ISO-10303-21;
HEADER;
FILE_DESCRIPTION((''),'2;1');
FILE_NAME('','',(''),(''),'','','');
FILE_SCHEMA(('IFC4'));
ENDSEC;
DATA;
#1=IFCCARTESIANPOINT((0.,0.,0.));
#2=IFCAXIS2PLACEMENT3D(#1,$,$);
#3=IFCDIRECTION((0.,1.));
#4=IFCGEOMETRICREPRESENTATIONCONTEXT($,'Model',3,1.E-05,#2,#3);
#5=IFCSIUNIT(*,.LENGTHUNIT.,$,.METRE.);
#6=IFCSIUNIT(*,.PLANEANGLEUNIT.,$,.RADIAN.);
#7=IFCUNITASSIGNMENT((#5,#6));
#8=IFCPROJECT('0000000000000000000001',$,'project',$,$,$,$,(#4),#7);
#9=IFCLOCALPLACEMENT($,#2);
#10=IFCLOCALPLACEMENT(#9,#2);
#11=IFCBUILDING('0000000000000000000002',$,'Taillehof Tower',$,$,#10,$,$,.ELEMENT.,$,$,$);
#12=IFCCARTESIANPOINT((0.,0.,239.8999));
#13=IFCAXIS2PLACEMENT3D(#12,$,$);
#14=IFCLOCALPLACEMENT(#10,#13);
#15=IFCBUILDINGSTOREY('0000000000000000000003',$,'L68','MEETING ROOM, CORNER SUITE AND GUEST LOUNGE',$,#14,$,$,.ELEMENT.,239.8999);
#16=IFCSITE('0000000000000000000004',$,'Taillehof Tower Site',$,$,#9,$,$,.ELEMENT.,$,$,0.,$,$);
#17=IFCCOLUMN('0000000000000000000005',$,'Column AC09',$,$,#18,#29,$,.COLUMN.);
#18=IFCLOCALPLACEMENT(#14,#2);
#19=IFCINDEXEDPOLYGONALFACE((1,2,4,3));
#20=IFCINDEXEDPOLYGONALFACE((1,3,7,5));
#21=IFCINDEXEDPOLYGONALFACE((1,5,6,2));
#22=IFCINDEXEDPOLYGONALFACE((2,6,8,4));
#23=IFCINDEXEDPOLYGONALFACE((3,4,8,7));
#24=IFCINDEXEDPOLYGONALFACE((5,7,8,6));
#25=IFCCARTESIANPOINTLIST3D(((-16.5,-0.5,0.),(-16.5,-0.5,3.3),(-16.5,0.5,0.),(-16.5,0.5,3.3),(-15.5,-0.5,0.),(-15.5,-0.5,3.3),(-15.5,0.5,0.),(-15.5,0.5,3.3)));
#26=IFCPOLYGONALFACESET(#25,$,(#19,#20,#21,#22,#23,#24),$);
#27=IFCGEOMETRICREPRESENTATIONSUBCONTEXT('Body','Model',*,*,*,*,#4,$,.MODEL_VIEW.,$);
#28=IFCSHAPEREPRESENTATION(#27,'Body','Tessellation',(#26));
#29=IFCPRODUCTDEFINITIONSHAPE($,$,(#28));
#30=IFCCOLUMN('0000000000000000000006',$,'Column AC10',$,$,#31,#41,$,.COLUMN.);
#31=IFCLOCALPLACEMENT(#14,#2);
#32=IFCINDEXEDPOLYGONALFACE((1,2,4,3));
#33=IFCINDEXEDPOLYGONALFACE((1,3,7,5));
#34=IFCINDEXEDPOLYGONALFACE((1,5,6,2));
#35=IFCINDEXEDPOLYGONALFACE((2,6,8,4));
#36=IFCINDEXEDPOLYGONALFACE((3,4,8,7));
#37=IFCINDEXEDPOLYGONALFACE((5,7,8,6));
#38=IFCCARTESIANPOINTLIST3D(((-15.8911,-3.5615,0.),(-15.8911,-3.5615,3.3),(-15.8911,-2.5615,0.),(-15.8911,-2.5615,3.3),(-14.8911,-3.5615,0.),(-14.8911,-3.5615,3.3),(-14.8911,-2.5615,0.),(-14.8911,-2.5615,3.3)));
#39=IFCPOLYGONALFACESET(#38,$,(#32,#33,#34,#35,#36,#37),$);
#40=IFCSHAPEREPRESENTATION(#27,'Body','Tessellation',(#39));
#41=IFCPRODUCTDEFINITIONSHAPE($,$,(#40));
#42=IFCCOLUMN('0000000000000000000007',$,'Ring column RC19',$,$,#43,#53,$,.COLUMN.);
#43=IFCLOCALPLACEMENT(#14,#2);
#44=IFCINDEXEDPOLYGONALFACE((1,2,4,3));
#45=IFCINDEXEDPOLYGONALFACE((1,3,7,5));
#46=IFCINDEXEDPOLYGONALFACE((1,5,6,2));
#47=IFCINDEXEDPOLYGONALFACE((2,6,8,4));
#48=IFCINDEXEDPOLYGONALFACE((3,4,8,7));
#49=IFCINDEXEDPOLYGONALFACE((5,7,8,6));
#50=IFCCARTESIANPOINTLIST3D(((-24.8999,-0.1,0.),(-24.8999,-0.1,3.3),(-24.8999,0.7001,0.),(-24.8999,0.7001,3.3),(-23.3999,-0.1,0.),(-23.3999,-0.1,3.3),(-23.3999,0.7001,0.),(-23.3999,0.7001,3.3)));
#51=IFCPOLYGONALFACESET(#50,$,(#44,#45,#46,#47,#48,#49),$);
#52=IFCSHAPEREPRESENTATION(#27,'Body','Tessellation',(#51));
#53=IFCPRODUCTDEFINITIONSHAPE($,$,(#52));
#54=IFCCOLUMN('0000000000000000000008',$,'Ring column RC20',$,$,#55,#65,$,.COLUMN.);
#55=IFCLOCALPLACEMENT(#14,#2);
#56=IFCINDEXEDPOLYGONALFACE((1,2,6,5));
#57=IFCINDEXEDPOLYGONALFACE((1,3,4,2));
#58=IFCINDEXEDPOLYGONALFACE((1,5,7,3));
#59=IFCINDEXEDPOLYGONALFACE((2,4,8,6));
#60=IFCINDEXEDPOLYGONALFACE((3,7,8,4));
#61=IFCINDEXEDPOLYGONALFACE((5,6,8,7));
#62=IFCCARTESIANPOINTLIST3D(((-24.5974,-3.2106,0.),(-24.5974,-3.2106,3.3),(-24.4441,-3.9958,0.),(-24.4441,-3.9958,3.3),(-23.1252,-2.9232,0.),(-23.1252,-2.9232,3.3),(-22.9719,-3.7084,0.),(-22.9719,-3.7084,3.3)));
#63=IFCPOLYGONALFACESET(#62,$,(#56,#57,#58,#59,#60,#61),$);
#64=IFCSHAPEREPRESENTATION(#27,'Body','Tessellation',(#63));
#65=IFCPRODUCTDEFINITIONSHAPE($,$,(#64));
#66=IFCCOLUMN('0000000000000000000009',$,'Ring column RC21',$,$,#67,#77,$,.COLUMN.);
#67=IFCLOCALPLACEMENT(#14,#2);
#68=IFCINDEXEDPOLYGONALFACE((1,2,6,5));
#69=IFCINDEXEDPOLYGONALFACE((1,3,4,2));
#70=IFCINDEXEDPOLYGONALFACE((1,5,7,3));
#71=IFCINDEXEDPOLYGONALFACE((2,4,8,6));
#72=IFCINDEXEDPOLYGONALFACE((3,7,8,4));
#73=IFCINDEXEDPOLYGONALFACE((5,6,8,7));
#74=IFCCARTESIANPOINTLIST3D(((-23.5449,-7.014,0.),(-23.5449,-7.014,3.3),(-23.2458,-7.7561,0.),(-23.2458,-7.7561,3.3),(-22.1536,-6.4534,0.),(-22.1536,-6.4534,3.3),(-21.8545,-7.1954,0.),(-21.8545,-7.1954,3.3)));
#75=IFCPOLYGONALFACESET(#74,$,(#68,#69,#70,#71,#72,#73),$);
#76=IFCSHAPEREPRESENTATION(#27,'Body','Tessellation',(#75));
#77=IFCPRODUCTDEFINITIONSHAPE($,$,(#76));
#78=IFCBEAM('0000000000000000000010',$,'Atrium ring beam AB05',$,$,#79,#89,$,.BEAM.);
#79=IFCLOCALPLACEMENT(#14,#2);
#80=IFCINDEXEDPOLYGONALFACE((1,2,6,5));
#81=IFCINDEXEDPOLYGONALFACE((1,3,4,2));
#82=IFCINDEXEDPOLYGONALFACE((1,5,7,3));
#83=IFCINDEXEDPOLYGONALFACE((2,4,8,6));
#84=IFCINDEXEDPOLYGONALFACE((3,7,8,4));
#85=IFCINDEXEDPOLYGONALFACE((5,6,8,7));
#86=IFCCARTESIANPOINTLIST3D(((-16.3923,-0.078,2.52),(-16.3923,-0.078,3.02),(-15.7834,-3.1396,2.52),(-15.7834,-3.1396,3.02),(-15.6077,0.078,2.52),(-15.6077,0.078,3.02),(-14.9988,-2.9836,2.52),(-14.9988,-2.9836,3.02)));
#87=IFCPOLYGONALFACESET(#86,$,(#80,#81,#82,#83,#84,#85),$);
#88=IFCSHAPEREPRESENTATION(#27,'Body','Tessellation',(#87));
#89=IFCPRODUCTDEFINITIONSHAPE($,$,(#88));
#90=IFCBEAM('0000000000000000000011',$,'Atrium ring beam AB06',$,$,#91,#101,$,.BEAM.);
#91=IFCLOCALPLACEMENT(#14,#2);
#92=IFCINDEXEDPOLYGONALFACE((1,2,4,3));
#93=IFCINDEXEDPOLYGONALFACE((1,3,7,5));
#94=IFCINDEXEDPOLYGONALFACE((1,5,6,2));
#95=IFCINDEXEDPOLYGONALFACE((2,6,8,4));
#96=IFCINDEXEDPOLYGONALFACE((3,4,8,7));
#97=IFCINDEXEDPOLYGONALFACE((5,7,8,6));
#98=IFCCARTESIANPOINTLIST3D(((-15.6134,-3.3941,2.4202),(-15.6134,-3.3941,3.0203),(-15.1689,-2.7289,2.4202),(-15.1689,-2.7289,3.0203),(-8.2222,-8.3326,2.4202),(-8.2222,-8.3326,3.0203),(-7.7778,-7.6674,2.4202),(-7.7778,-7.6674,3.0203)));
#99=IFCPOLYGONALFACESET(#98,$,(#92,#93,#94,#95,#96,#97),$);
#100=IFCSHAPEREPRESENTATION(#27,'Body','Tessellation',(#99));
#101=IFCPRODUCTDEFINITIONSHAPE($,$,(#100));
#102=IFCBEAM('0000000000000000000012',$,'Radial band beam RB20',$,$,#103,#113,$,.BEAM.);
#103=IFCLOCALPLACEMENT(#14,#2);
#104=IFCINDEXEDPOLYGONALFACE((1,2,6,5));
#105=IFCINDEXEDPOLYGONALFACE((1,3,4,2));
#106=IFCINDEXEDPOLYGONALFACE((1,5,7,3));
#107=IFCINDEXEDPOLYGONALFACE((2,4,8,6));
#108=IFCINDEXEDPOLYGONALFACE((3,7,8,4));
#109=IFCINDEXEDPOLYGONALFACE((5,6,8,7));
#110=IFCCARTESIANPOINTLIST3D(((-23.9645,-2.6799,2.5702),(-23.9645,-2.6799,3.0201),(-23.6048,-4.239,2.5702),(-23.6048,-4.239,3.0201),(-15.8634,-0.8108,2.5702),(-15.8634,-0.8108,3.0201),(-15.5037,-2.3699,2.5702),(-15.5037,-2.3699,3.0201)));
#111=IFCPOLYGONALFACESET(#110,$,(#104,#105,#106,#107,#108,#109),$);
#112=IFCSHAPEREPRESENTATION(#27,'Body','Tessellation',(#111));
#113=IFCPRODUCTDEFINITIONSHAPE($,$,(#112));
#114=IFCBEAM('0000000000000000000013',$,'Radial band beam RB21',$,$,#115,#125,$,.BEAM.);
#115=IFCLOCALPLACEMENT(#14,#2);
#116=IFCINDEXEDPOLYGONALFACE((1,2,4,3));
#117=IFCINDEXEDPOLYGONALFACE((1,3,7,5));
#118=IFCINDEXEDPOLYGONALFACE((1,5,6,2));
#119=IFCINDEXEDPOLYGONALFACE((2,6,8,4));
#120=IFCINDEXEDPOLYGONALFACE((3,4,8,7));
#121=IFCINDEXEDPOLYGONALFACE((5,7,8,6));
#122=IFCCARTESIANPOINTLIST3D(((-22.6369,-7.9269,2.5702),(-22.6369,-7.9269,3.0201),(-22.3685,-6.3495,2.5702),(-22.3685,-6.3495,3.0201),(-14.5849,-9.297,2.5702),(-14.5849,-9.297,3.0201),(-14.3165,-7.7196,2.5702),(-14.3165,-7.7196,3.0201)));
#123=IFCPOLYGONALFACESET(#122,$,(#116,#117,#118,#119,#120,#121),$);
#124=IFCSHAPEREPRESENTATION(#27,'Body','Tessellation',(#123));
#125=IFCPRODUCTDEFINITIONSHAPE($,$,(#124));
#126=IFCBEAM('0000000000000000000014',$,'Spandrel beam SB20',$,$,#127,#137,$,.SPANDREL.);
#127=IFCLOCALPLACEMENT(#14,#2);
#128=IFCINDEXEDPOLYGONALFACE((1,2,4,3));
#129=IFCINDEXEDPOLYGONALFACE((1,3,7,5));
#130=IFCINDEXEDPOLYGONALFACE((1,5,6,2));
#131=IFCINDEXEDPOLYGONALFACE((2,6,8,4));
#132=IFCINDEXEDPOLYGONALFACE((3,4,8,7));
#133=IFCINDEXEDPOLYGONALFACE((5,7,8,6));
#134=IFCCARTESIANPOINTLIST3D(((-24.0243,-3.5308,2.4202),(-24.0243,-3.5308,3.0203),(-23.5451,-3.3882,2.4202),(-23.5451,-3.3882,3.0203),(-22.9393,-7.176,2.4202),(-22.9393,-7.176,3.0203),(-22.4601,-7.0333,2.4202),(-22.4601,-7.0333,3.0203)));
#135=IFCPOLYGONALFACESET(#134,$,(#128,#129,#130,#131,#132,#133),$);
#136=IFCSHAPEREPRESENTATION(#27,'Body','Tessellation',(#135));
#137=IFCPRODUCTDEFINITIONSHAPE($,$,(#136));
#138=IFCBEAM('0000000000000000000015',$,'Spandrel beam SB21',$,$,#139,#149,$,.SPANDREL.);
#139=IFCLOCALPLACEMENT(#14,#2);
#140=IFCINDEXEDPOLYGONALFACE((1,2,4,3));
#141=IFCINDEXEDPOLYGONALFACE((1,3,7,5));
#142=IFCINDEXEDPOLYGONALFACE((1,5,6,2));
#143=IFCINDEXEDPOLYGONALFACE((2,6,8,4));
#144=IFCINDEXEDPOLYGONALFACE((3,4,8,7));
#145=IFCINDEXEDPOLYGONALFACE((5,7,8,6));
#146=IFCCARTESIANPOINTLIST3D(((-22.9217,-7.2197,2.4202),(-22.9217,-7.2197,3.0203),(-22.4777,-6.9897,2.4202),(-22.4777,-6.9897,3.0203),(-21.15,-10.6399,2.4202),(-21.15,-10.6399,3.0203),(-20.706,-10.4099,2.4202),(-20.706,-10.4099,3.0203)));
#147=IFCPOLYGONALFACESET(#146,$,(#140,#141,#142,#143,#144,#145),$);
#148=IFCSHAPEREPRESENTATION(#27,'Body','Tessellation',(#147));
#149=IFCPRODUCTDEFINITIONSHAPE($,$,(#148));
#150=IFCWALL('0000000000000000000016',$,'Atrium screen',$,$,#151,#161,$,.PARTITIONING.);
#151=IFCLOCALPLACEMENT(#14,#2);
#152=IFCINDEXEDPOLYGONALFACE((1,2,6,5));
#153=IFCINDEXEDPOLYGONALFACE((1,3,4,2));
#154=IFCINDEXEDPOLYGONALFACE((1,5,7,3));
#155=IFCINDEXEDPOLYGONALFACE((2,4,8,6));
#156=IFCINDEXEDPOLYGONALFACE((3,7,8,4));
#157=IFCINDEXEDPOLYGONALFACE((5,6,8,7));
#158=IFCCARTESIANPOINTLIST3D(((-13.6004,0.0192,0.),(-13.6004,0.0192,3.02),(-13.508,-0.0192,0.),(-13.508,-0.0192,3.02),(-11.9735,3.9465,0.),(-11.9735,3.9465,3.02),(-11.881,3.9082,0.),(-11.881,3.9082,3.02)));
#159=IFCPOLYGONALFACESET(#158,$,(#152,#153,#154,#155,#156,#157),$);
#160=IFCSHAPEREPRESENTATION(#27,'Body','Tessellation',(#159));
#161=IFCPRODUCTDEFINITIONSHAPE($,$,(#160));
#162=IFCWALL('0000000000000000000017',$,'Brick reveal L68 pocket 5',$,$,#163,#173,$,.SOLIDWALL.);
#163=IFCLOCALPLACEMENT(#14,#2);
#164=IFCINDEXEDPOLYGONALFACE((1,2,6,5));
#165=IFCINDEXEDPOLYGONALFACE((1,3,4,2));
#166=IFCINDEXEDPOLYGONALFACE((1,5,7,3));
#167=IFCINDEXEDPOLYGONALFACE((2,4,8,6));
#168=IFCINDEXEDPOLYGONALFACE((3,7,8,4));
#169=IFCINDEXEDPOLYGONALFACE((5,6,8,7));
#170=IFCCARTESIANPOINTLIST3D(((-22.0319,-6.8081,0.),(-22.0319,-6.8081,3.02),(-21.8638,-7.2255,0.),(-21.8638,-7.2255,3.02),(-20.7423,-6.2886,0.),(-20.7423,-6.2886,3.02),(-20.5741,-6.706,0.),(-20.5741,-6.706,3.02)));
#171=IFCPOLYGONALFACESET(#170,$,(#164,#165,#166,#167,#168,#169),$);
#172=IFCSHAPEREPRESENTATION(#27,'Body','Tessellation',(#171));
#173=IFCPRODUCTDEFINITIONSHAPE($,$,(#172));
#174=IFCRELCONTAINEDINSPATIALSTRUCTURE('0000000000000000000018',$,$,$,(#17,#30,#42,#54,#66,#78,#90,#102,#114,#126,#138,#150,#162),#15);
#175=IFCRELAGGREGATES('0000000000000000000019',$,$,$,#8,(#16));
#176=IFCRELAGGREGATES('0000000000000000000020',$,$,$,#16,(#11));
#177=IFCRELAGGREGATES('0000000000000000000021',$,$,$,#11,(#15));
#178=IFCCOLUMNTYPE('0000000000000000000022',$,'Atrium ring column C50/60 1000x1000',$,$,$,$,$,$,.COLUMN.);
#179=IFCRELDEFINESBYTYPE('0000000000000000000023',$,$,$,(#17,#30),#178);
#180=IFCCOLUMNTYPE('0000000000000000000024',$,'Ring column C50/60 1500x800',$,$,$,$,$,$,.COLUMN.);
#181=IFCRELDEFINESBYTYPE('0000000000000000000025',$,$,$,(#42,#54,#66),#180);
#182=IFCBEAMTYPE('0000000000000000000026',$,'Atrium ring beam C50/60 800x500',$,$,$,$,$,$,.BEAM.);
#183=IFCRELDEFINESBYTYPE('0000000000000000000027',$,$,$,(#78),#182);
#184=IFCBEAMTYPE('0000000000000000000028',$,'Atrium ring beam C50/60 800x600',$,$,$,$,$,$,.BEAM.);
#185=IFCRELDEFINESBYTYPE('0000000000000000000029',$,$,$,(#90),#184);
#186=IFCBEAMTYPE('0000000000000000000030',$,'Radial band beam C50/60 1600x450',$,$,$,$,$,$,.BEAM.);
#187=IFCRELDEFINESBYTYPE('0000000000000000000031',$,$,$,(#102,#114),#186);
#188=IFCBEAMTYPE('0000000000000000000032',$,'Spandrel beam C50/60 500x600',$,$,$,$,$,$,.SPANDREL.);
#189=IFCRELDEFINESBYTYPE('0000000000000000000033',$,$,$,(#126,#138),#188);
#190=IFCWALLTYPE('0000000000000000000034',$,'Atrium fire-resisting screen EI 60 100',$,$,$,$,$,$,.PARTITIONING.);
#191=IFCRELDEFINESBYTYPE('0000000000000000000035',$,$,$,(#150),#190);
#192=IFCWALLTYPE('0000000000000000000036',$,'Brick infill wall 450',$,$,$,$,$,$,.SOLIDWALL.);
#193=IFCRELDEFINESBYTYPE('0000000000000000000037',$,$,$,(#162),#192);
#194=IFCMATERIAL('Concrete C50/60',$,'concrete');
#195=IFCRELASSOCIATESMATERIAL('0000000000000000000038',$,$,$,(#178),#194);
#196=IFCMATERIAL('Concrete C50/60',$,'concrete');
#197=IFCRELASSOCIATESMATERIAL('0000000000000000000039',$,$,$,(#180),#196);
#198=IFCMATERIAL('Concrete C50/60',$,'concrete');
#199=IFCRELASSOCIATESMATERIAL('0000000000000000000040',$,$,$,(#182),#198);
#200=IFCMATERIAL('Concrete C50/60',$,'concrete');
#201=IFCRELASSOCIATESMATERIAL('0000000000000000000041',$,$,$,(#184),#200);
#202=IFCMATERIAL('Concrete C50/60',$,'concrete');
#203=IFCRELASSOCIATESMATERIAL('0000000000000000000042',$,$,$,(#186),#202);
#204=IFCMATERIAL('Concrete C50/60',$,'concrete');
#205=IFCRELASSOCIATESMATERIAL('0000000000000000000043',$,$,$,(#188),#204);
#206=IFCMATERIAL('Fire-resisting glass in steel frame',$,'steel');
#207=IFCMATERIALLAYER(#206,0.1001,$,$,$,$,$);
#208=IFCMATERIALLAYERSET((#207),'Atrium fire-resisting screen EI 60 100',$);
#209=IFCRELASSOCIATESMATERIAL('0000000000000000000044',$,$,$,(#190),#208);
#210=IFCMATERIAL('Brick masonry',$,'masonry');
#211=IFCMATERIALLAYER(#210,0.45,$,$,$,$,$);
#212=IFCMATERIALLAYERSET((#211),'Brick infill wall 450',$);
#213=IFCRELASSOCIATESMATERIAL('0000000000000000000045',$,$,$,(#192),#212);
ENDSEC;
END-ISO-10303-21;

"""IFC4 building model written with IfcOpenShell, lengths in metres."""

from ifc_helpers import new_model, si_unit, direction, frame, frame_2d, origin, origin_2d, place, context, subcontext, project, spatial, rectangle, extrude, material, layer, layer_set, material_profile, profile_set, type_object, element, save


model = new_model("IFC4")

# Units and contexts
model_context = context("Model", 3, precision=1e-05, world=origin(), true_north=direction((0.0, 1.0)))
body_context = subcontext(model_context, "Body", "Model", "MODEL_VIEW")
ifc_project = project(units=[si_unit("LENGTHUNIT", "METRE"), si_unit("PLANEANGLEUNIT", "RADIAN")], contexts=[model_context])

# Site, building, storey
site_placement = place(None, origin())
site = spatial("IfcSite", under=ifc_project, at=site_placement, Name="Taillehof Tower Site", CompositionType="ELEMENT", RefElevation=0.0)
building_placement = place(site_placement, origin())
building = spatial("IfcBuilding", under=site, at=building_placement, Name="Taillehof Tower", CompositionType="ELEMENT")
storey_placement = place(building_placement, frame((0.0, 0.0, 239.8999)))
storey = spatial("IfcBuildingStorey", under=building, at=storey_placement, Name="L68", Description="MEETING ROOM, CORNER SUITE AND GUEST LOUNGE", CompositionType="ELEMENT", Elevation=239.8999)

# Columns
ifc_material_1 = material(Name="Concrete C50/60", Category="concrete")
ifc_material_profile_1 = material_profile(ifc_material_1, rectangle(XDim=1.0, YDim=1.0, at=origin_2d()), Name="RC 1000x1000")
ifc_profile_set_1 = profile_set([ifc_material_profile_1], Name="Concrete C50/60")
column_type_1 = type_object("IfcColumnType", Name="Atrium ring column C50/60 1000x1000", PredefinedType="COLUMN", material=ifc_profile_set_1)
for number, where, z_axis, x_axis, name in (
    (1, (-16.0, 0.0, 0.0), (0.0, 0.0, 1.0), (1.0, 0.0, 0.0), "Column AC09"),
    (2, (-15.3911, -3.0615, 0.0), (0.0, 0.0, 1.0), (1.0, 0.0, 0.0), "Column AC10"),
):
    element("IfcColumn", number, at=place(storey_placement, frame(where, z_axis=z_axis, x_axis=x_axis)), inside=storey, type_object=column_type_1, Name=name, PredefinedType="COLUMN", context=body_context, shape_type="SweptSolid", body=[
        extrude(rectangle(XDim=1.0, YDim=1.0, at=origin_2d()), origin(), (0.0, 0.0, 1.0), 3.3),
    ])
ifc_material_2 = material(Name="Concrete C50/60", Category="concrete")
ifc_material_profile_2 = material_profile(ifc_material_2, rectangle(XDim=1.5, YDim=0.8, at=origin_2d()), Name="RC 1500x800")
ifc_profile_set_2 = profile_set([ifc_material_profile_2], Name="Concrete C50/60")
column_type_2 = type_object("IfcColumnType", Name="Ring column C50/60 1500x800", PredefinedType="COLUMN", material=ifc_profile_set_2)
for number, where, z_axis, x_axis, name in (
    (3, (-24.1499, 0.3, 0.0), (0.0, 0.0, 1.0), (-1.0, 0.0, 0.0), "Ring column RC19"),
    (4, (-23.7847, -3.4595, 0.0), (0.0, 0.0, 1.0), (-0.981473, -0.191602, 0.0), "Ring column RC20"),
    (5, (-22.6997, -7.1047, 0.0), (0.0, 0.0, 1.0), (-0.927525, -0.373762, 0.0), "Ring column RC21"),
):
    element("IfcColumn", number, at=place(storey_placement, frame(where, z_axis=z_axis, x_axis=x_axis)), inside=storey, type_object=column_type_2, Name=name, PredefinedType="COLUMN", context=body_context, shape_type="SweptSolid", body=[
        extrude(rectangle(XDim=1.5, YDim=0.8, at=origin_2d()), origin(), (0.0, 0.0, 1.0), 3.3),
    ])

# Beams
ifc_material_3 = material(Name="Concrete C50/60", Category="concrete")
ifc_material_profile_3 = material_profile(ifc_material_3, rectangle(XDim=0.8, YDim=0.5, at=origin_2d()), Name="RC 800x500")
ifc_profile_set_3 = profile_set([ifc_material_profile_3], Name="Concrete C50/60")
beam_type_1 = type_object("IfcBeamType", Name="Atrium ring beam C50/60 800x500", PredefinedType="BEAM", material=ifc_profile_set_3)
beam_1_placement = place(storey_placement, frame((-16.0, 0.0, 2.77), z_axis=(0.195063, -0.980791, 0.0), x_axis=(0.980791, 0.195063, 0.0)))
element("IfcBeam", 6, at=beam_1_placement, inside=storey, type_object=beam_type_1, Name="Atrium ring beam AB05", PredefinedType="BEAM", context=body_context, shape_type="SweptSolid", body=[
    extrude(rectangle(XDim=0.8, YDim=0.5, at=origin_2d()), origin(), (0.0, 0.0, 1.0), 3.1216),
])
ifc_material_4 = material(Name="Concrete C50/60", Category="concrete")
ifc_material_profile_4 = material_profile(ifc_material_4, rectangle(XDim=0.8, YDim=0.6001, at=origin_2d()), Name="RC 800x600")
ifc_profile_set_4 = profile_set([ifc_material_profile_4], Name="Concrete C50/60")
beam_type_2 = type_object("IfcBeamType", Name="Atrium ring beam C50/60 800x600", PredefinedType="BEAM", material=ifc_profile_set_4)
beam_2_placement = place(storey_placement, frame((-15.3911, -3.0615, 2.7202), z_axis=(0.831475, -0.555562, 0.0), x_axis=(0.555562, 0.831475, 0.0)))
element("IfcBeam", 7, at=beam_2_placement, inside=storey, type_object=beam_type_2, Name="Atrium ring beam AB06", PredefinedType="BEAM", context=body_context, shape_type="SweptSolid", body=[
    extrude(rectangle(XDim=0.8, YDim=0.6001, at=origin_2d()), origin(), (0.0, 0.0, 1.0), 8.8892),
])
ifc_material_5 = material(Name="Concrete C50/60", Category="concrete")
ifc_material_profile_5 = material_profile(ifc_material_5, rectangle(XDim=1.6001, YDim=0.45, at=origin_2d()), Name="RC 1600x450")
ifc_profile_set_5 = profile_set([ifc_material_profile_5], Name="Concrete C50/60")
beam_type_3 = type_object("IfcBeamType", Name="Radial band beam C50/60 1600x450", PredefinedType="BEAM", material=ifc_profile_set_5)
beam_3_placement = place(storey_placement, frame((-23.7847, -3.4595, 2.7952), z_axis=(0.9744, 0.224821, 0.0), x_axis=(-0.224821, 0.9744, 0.0)))
element("IfcBeam", 8, at=beam_3_placement, inside=storey, type_object=beam_type_3, Name="Radial band beam RB20", PredefinedType="BEAM", context=body_context, shape_type="SweptSolid", body=[
    extrude(rectangle(XDim=1.6001, YDim=0.45, at=origin_2d()), origin(), (0.0, 0.0, 1.0), 8.314),
])
beam_4_placement = place(storey_placement, frame((-22.5027, -7.1382, 2.7952), z_axis=(0.98583, -0.167747, 0.0), x_axis=(0.167747, 0.98583, 0.0)))
element("IfcBeam", 9, at=beam_4_placement, inside=storey, type_object=beam_type_3, Name="Radial band beam RB21", PredefinedType="BEAM", context=body_context, shape_type="SweptSolid", body=[
    extrude(rectangle(XDim=1.6001, YDim=0.45, at=origin_2d()), origin(), (0.0, 0.0, 1.0), 8.1677),
])
ifc_material_6 = material(Name="Concrete C50/60", Category="concrete")
ifc_material_profile_6 = material_profile(ifc_material_6, rectangle(XDim=0.5, YDim=0.6001, at=origin_2d()), Name="RC 500x600")
ifc_profile_set_6 = profile_set([ifc_material_profile_6], Name="Concrete C50/60")
beam_type_4 = type_object("IfcBeamType", Name="Spandrel beam C50/60 500x600", PredefinedType="SPANDREL", material=ifc_profile_set_6)
beam_5_placement = place(storey_placement, frame((-23.7847, -3.4595, 2.7202), z_axis=(0.285268, -0.958448, 0.0), x_axis=(0.958448, 0.285268, 0.0)))
element("IfcBeam", 10, at=beam_5_placement, inside=storey, type_object=beam_type_4, Name="Spandrel beam SB20", PredefinedType="SPANDREL", context=body_context, shape_type="SweptSolid", body=[
    extrude(rectangle(XDim=0.5, YDim=0.6001, at=origin_2d()), origin(), (0.0, 0.0, 1.0), 3.8032),
])
beam_6_placement = place(storey_placement, frame((-22.6997, -7.1047, 2.7202), z_axis=(0.459971, -0.887934, 0.0), x_axis=(0.887934, 0.459971, 0.0)))
element("IfcBeam", 11, at=beam_6_placement, inside=storey, type_object=beam_type_4, Name="Spandrel beam SB21", PredefinedType="SPANDREL", context=body_context, shape_type="SweptSolid", body=[
    extrude(rectangle(XDim=0.5, YDim=0.6001, at=origin_2d()), origin(), (0.0, 0.0, 1.0), 3.8518),
])

# Walls
ifc_material_7 = material(Name="Fire-resisting glass in steel frame", Category="steel")
ifc_layer_1 = layer(ifc_material_7, 0.1001)
ifc_layer_set_1 = layer_set([ifc_layer_1], Name="Atrium fire-resisting screen EI 60 100")
wall_type_1 = type_object("IfcWallType", Name="Atrium fire-resisting screen EI 60 100", PredefinedType="PARTITIONING", material=ifc_layer_set_1)
wall_1_placement = place(storey_placement, frame((-13.5542, 0.0, 0.0), z_axis=(0.0, 0.0, 1.0), x_axis=(0.382731, 0.92386, 0.0)))
element("IfcWall", 12, at=wall_1_placement, inside=storey, type_object=wall_type_1, Name="Atrium screen", PredefinedType="PARTITIONING", context=body_context, shape_type="SweptSolid", body=[
    extrude(rectangle(XDim=4.251, YDim=0.1001, at=frame_2d((2.1255, 0.0))), origin(), (0.0, 0.0, 1.0), 3.02),
])
ifc_material_8 = material(Name="Brick masonry", Category="masonry")
ifc_layer_2 = layer(ifc_material_8, 0.45)
ifc_layer_set_2 = layer_set([ifc_layer_2], Name="Brick infill wall 450")
wall_type_2 = type_object("IfcWallType", Name="Brick infill wall 450", PredefinedType="SOLIDWALL", material=ifc_layer_set_2)
wall_2_placement = place(storey_placement, frame((-21.948, -7.0168, 0.0), z_axis=(0.0, 0.0, 1.0), x_axis=(0.927578, 0.37363, 0.0)))
element("IfcWall", 13, at=wall_2_placement, inside=storey, type_object=wall_type_2, Name="Brick reveal L68 pocket 5", PredefinedType="SOLIDWALL", context=body_context, shape_type="SweptSolid", body=[
    extrude(rectangle(XDim=1.3904, YDim=0.45, at=frame_2d((0.6953, 0.0))), origin(), (0.0, 0.0, 1.0), 3.02),
])

save(model, "model.ifc")
